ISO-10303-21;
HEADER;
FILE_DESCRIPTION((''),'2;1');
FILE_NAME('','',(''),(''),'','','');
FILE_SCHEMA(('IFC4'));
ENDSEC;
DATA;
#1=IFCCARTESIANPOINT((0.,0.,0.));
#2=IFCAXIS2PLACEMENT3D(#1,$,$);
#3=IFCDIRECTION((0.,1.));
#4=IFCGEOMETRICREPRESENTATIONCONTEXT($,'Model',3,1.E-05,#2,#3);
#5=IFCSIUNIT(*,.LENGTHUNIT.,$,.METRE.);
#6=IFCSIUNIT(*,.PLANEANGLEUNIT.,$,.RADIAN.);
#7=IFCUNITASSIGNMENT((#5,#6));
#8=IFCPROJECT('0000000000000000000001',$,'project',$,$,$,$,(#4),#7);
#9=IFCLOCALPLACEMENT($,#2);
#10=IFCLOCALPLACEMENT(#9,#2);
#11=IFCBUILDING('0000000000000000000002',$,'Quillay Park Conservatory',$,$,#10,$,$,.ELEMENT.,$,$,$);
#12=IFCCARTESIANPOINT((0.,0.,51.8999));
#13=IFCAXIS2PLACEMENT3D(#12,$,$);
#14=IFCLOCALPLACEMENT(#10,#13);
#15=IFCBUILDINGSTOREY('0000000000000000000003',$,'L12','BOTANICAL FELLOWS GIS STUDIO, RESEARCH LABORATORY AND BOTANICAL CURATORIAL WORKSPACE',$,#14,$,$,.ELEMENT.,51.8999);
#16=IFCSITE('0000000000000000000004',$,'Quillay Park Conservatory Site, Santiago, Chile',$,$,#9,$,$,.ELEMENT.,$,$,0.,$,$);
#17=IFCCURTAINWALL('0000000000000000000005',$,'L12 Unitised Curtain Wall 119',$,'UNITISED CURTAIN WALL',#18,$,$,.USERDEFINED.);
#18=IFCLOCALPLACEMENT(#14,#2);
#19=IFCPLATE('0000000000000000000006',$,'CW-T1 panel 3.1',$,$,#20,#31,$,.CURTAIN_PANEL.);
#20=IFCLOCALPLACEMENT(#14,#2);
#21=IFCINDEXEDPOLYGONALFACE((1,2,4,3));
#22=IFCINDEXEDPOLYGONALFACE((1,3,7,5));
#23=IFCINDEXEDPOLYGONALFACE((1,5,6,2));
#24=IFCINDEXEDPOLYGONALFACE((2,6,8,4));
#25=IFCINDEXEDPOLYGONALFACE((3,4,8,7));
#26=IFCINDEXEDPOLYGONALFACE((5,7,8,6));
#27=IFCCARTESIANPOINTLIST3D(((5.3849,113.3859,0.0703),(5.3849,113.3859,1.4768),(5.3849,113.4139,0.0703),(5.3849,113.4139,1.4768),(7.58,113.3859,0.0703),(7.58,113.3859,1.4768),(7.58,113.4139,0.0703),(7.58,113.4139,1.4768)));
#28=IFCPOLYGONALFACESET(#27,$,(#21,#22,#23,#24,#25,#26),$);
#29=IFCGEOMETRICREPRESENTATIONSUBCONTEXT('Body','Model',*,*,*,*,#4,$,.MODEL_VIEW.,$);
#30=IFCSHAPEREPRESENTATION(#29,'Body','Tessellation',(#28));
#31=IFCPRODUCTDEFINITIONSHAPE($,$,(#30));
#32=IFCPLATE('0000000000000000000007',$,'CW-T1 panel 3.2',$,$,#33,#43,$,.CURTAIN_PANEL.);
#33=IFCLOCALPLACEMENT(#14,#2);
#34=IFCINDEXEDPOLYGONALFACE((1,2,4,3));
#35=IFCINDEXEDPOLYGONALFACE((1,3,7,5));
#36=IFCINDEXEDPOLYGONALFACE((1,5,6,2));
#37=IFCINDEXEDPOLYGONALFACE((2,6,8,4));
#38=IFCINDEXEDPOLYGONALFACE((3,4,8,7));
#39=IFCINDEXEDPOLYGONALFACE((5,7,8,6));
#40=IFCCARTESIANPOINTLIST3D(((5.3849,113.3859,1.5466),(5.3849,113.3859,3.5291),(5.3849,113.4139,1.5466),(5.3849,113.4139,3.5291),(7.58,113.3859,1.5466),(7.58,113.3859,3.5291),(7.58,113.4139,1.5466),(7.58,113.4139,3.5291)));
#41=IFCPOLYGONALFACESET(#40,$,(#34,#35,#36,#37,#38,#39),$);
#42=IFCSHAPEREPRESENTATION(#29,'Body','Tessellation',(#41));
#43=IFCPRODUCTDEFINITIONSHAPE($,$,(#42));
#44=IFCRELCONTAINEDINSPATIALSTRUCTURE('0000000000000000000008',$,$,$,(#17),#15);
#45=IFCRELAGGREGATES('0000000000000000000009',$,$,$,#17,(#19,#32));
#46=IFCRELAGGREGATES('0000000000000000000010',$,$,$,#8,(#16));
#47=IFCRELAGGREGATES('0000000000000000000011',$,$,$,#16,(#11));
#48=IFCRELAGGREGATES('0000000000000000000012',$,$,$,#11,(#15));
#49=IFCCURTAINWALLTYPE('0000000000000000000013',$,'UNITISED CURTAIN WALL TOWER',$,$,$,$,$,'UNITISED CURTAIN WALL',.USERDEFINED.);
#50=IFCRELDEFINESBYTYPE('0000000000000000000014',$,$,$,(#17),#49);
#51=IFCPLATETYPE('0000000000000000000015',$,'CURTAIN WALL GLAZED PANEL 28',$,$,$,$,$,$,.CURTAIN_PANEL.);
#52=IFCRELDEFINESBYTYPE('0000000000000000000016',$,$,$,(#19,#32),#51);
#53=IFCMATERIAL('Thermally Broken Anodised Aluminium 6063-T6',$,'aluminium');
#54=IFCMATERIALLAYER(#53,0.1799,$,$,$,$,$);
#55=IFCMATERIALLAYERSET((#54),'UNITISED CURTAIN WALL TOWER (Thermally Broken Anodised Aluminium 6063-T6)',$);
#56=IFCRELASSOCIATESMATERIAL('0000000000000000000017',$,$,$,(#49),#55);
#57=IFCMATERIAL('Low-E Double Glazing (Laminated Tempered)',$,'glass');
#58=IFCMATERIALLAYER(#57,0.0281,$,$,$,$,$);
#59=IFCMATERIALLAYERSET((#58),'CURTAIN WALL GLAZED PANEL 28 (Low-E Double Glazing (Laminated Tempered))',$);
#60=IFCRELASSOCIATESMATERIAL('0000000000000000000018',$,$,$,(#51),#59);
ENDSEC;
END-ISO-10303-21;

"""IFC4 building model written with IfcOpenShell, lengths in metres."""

from ifc_helpers import new_model, si_unit, direction, frame, origin, origin_2d, place, context, subcontext, project, spatial, rectangle, extrude, material, layer, layer_set, type_object, element, aggregate, save


model = new_model("IFC4")

# Units and contexts
model_context = context("Model", 3, precision=1e-05, world=origin(), true_north=direction((0.0, 1.0)))
body_context = subcontext(model_context, "Body", "Model", "MODEL_VIEW")
ifc_project = project(units=[si_unit("LENGTHUNIT", "METRE"), si_unit("PLANEANGLEUNIT", "RADIAN")], contexts=[model_context])

# Site, building, storey
site_placement = place(None, origin())
site = spatial("IfcSite", under=ifc_project, at=site_placement, Name="Quillay Park Conservatory Site, Santiago, Chile", CompositionType="ELEMENT", RefElevation=0.0)
building_placement = place(site_placement, origin())
building = spatial("IfcBuilding", under=site, at=building_placement, Name="Quillay Park Conservatory", CompositionType="ELEMENT")
storey_placement = place(building_placement, frame((0.0, 0.0, 51.8999)))
storey = spatial("IfcBuildingStorey", under=building, at=storey_placement, Name="L12", Description="BOTANICAL FELLOWS GIS STUDIO, RESEARCH LABORATORY AND BOTANICAL CURATORIAL WORKSPACE", CompositionType="ELEMENT", Elevation=51.8999)

# Curtain wall
ifc_material_1 = material(Name="Thermally Broken Anodised Aluminium 6063-T6", Category="aluminium")
ifc_layer_1 = layer(ifc_material_1, 0.1799)
ifc_layer_set_1 = layer_set([ifc_layer_1], Name="UNITISED CURTAIN WALL TOWER (Thermally Broken Anodised Aluminium 6063-T6)")
curtain_wall_type = type_object("IfcCurtainWallType", Name="UNITISED CURTAIN WALL TOWER", ElementType="UNITISED CURTAIN WALL", PredefinedType="USERDEFINED", material=ifc_layer_set_1)
curtain_wall_placement = place(storey_placement, origin())
curtain_wall = element("IfcCurtainWall", 1, at=curtain_wall_placement, inside=storey, type_object=curtain_wall_type, Name="L12 Unitised Curtain Wall 119", ObjectType="UNITISED CURTAIN WALL", PredefinedType="USERDEFINED")

# Plates
ifc_material_2 = material(Name="Low-E Double Glazing (Laminated Tempered)", Category="glass")
ifc_layer_2 = layer(ifc_material_2, 0.0281)
ifc_layer_set_2 = layer_set([ifc_layer_2], Name="CURTAIN WALL GLAZED PANEL 28 (Low-E Double Glazing (Laminated Tempered))")
plate_type = type_object("IfcPlateType", Name="CURTAIN WALL GLAZED PANEL 28", PredefinedType="CURTAIN_PANEL", material=ifc_layer_set_2)
plate_1_placement = place(storey_placement, frame((6.4824, 113.3999, 0.0703), z_axis=(0.0, 0.0, 1.0), x_axis=(1.0, 0.0, 0.0)))
plate_1 = element("IfcPlate", 2, at=plate_1_placement, type_object=plate_type, Name="CW-T1 panel 3.1", PredefinedType="CURTAIN_PANEL", context=body_context, shape_type="SweptSolid", body=[
    extrude(rectangle(XDim=2.1951, YDim=0.0281, at=origin_2d()), origin(), (0.0, 0.0, 1.0), 1.4065),
])
plate_2_placement = place(storey_placement, frame((6.4824, 113.3999, 1.5466), z_axis=(0.0, 0.0, 1.0), x_axis=(1.0, 0.0, 0.0)))
plate_2 = element("IfcPlate", 3, at=plate_2_placement, type_object=plate_type, Name="CW-T1 panel 3.2", PredefinedType="CURTAIN_PANEL", context=body_context, shape_type="SweptSolid", body=[
    extrude(rectangle(XDim=2.1951, YDim=0.0281, at=origin_2d()), origin(), (0.0, 0.0, 1.0), 1.9824),
])
aggregate(curtain_wall, [plate_1, plate_2])

save(model, "model.ifc")
